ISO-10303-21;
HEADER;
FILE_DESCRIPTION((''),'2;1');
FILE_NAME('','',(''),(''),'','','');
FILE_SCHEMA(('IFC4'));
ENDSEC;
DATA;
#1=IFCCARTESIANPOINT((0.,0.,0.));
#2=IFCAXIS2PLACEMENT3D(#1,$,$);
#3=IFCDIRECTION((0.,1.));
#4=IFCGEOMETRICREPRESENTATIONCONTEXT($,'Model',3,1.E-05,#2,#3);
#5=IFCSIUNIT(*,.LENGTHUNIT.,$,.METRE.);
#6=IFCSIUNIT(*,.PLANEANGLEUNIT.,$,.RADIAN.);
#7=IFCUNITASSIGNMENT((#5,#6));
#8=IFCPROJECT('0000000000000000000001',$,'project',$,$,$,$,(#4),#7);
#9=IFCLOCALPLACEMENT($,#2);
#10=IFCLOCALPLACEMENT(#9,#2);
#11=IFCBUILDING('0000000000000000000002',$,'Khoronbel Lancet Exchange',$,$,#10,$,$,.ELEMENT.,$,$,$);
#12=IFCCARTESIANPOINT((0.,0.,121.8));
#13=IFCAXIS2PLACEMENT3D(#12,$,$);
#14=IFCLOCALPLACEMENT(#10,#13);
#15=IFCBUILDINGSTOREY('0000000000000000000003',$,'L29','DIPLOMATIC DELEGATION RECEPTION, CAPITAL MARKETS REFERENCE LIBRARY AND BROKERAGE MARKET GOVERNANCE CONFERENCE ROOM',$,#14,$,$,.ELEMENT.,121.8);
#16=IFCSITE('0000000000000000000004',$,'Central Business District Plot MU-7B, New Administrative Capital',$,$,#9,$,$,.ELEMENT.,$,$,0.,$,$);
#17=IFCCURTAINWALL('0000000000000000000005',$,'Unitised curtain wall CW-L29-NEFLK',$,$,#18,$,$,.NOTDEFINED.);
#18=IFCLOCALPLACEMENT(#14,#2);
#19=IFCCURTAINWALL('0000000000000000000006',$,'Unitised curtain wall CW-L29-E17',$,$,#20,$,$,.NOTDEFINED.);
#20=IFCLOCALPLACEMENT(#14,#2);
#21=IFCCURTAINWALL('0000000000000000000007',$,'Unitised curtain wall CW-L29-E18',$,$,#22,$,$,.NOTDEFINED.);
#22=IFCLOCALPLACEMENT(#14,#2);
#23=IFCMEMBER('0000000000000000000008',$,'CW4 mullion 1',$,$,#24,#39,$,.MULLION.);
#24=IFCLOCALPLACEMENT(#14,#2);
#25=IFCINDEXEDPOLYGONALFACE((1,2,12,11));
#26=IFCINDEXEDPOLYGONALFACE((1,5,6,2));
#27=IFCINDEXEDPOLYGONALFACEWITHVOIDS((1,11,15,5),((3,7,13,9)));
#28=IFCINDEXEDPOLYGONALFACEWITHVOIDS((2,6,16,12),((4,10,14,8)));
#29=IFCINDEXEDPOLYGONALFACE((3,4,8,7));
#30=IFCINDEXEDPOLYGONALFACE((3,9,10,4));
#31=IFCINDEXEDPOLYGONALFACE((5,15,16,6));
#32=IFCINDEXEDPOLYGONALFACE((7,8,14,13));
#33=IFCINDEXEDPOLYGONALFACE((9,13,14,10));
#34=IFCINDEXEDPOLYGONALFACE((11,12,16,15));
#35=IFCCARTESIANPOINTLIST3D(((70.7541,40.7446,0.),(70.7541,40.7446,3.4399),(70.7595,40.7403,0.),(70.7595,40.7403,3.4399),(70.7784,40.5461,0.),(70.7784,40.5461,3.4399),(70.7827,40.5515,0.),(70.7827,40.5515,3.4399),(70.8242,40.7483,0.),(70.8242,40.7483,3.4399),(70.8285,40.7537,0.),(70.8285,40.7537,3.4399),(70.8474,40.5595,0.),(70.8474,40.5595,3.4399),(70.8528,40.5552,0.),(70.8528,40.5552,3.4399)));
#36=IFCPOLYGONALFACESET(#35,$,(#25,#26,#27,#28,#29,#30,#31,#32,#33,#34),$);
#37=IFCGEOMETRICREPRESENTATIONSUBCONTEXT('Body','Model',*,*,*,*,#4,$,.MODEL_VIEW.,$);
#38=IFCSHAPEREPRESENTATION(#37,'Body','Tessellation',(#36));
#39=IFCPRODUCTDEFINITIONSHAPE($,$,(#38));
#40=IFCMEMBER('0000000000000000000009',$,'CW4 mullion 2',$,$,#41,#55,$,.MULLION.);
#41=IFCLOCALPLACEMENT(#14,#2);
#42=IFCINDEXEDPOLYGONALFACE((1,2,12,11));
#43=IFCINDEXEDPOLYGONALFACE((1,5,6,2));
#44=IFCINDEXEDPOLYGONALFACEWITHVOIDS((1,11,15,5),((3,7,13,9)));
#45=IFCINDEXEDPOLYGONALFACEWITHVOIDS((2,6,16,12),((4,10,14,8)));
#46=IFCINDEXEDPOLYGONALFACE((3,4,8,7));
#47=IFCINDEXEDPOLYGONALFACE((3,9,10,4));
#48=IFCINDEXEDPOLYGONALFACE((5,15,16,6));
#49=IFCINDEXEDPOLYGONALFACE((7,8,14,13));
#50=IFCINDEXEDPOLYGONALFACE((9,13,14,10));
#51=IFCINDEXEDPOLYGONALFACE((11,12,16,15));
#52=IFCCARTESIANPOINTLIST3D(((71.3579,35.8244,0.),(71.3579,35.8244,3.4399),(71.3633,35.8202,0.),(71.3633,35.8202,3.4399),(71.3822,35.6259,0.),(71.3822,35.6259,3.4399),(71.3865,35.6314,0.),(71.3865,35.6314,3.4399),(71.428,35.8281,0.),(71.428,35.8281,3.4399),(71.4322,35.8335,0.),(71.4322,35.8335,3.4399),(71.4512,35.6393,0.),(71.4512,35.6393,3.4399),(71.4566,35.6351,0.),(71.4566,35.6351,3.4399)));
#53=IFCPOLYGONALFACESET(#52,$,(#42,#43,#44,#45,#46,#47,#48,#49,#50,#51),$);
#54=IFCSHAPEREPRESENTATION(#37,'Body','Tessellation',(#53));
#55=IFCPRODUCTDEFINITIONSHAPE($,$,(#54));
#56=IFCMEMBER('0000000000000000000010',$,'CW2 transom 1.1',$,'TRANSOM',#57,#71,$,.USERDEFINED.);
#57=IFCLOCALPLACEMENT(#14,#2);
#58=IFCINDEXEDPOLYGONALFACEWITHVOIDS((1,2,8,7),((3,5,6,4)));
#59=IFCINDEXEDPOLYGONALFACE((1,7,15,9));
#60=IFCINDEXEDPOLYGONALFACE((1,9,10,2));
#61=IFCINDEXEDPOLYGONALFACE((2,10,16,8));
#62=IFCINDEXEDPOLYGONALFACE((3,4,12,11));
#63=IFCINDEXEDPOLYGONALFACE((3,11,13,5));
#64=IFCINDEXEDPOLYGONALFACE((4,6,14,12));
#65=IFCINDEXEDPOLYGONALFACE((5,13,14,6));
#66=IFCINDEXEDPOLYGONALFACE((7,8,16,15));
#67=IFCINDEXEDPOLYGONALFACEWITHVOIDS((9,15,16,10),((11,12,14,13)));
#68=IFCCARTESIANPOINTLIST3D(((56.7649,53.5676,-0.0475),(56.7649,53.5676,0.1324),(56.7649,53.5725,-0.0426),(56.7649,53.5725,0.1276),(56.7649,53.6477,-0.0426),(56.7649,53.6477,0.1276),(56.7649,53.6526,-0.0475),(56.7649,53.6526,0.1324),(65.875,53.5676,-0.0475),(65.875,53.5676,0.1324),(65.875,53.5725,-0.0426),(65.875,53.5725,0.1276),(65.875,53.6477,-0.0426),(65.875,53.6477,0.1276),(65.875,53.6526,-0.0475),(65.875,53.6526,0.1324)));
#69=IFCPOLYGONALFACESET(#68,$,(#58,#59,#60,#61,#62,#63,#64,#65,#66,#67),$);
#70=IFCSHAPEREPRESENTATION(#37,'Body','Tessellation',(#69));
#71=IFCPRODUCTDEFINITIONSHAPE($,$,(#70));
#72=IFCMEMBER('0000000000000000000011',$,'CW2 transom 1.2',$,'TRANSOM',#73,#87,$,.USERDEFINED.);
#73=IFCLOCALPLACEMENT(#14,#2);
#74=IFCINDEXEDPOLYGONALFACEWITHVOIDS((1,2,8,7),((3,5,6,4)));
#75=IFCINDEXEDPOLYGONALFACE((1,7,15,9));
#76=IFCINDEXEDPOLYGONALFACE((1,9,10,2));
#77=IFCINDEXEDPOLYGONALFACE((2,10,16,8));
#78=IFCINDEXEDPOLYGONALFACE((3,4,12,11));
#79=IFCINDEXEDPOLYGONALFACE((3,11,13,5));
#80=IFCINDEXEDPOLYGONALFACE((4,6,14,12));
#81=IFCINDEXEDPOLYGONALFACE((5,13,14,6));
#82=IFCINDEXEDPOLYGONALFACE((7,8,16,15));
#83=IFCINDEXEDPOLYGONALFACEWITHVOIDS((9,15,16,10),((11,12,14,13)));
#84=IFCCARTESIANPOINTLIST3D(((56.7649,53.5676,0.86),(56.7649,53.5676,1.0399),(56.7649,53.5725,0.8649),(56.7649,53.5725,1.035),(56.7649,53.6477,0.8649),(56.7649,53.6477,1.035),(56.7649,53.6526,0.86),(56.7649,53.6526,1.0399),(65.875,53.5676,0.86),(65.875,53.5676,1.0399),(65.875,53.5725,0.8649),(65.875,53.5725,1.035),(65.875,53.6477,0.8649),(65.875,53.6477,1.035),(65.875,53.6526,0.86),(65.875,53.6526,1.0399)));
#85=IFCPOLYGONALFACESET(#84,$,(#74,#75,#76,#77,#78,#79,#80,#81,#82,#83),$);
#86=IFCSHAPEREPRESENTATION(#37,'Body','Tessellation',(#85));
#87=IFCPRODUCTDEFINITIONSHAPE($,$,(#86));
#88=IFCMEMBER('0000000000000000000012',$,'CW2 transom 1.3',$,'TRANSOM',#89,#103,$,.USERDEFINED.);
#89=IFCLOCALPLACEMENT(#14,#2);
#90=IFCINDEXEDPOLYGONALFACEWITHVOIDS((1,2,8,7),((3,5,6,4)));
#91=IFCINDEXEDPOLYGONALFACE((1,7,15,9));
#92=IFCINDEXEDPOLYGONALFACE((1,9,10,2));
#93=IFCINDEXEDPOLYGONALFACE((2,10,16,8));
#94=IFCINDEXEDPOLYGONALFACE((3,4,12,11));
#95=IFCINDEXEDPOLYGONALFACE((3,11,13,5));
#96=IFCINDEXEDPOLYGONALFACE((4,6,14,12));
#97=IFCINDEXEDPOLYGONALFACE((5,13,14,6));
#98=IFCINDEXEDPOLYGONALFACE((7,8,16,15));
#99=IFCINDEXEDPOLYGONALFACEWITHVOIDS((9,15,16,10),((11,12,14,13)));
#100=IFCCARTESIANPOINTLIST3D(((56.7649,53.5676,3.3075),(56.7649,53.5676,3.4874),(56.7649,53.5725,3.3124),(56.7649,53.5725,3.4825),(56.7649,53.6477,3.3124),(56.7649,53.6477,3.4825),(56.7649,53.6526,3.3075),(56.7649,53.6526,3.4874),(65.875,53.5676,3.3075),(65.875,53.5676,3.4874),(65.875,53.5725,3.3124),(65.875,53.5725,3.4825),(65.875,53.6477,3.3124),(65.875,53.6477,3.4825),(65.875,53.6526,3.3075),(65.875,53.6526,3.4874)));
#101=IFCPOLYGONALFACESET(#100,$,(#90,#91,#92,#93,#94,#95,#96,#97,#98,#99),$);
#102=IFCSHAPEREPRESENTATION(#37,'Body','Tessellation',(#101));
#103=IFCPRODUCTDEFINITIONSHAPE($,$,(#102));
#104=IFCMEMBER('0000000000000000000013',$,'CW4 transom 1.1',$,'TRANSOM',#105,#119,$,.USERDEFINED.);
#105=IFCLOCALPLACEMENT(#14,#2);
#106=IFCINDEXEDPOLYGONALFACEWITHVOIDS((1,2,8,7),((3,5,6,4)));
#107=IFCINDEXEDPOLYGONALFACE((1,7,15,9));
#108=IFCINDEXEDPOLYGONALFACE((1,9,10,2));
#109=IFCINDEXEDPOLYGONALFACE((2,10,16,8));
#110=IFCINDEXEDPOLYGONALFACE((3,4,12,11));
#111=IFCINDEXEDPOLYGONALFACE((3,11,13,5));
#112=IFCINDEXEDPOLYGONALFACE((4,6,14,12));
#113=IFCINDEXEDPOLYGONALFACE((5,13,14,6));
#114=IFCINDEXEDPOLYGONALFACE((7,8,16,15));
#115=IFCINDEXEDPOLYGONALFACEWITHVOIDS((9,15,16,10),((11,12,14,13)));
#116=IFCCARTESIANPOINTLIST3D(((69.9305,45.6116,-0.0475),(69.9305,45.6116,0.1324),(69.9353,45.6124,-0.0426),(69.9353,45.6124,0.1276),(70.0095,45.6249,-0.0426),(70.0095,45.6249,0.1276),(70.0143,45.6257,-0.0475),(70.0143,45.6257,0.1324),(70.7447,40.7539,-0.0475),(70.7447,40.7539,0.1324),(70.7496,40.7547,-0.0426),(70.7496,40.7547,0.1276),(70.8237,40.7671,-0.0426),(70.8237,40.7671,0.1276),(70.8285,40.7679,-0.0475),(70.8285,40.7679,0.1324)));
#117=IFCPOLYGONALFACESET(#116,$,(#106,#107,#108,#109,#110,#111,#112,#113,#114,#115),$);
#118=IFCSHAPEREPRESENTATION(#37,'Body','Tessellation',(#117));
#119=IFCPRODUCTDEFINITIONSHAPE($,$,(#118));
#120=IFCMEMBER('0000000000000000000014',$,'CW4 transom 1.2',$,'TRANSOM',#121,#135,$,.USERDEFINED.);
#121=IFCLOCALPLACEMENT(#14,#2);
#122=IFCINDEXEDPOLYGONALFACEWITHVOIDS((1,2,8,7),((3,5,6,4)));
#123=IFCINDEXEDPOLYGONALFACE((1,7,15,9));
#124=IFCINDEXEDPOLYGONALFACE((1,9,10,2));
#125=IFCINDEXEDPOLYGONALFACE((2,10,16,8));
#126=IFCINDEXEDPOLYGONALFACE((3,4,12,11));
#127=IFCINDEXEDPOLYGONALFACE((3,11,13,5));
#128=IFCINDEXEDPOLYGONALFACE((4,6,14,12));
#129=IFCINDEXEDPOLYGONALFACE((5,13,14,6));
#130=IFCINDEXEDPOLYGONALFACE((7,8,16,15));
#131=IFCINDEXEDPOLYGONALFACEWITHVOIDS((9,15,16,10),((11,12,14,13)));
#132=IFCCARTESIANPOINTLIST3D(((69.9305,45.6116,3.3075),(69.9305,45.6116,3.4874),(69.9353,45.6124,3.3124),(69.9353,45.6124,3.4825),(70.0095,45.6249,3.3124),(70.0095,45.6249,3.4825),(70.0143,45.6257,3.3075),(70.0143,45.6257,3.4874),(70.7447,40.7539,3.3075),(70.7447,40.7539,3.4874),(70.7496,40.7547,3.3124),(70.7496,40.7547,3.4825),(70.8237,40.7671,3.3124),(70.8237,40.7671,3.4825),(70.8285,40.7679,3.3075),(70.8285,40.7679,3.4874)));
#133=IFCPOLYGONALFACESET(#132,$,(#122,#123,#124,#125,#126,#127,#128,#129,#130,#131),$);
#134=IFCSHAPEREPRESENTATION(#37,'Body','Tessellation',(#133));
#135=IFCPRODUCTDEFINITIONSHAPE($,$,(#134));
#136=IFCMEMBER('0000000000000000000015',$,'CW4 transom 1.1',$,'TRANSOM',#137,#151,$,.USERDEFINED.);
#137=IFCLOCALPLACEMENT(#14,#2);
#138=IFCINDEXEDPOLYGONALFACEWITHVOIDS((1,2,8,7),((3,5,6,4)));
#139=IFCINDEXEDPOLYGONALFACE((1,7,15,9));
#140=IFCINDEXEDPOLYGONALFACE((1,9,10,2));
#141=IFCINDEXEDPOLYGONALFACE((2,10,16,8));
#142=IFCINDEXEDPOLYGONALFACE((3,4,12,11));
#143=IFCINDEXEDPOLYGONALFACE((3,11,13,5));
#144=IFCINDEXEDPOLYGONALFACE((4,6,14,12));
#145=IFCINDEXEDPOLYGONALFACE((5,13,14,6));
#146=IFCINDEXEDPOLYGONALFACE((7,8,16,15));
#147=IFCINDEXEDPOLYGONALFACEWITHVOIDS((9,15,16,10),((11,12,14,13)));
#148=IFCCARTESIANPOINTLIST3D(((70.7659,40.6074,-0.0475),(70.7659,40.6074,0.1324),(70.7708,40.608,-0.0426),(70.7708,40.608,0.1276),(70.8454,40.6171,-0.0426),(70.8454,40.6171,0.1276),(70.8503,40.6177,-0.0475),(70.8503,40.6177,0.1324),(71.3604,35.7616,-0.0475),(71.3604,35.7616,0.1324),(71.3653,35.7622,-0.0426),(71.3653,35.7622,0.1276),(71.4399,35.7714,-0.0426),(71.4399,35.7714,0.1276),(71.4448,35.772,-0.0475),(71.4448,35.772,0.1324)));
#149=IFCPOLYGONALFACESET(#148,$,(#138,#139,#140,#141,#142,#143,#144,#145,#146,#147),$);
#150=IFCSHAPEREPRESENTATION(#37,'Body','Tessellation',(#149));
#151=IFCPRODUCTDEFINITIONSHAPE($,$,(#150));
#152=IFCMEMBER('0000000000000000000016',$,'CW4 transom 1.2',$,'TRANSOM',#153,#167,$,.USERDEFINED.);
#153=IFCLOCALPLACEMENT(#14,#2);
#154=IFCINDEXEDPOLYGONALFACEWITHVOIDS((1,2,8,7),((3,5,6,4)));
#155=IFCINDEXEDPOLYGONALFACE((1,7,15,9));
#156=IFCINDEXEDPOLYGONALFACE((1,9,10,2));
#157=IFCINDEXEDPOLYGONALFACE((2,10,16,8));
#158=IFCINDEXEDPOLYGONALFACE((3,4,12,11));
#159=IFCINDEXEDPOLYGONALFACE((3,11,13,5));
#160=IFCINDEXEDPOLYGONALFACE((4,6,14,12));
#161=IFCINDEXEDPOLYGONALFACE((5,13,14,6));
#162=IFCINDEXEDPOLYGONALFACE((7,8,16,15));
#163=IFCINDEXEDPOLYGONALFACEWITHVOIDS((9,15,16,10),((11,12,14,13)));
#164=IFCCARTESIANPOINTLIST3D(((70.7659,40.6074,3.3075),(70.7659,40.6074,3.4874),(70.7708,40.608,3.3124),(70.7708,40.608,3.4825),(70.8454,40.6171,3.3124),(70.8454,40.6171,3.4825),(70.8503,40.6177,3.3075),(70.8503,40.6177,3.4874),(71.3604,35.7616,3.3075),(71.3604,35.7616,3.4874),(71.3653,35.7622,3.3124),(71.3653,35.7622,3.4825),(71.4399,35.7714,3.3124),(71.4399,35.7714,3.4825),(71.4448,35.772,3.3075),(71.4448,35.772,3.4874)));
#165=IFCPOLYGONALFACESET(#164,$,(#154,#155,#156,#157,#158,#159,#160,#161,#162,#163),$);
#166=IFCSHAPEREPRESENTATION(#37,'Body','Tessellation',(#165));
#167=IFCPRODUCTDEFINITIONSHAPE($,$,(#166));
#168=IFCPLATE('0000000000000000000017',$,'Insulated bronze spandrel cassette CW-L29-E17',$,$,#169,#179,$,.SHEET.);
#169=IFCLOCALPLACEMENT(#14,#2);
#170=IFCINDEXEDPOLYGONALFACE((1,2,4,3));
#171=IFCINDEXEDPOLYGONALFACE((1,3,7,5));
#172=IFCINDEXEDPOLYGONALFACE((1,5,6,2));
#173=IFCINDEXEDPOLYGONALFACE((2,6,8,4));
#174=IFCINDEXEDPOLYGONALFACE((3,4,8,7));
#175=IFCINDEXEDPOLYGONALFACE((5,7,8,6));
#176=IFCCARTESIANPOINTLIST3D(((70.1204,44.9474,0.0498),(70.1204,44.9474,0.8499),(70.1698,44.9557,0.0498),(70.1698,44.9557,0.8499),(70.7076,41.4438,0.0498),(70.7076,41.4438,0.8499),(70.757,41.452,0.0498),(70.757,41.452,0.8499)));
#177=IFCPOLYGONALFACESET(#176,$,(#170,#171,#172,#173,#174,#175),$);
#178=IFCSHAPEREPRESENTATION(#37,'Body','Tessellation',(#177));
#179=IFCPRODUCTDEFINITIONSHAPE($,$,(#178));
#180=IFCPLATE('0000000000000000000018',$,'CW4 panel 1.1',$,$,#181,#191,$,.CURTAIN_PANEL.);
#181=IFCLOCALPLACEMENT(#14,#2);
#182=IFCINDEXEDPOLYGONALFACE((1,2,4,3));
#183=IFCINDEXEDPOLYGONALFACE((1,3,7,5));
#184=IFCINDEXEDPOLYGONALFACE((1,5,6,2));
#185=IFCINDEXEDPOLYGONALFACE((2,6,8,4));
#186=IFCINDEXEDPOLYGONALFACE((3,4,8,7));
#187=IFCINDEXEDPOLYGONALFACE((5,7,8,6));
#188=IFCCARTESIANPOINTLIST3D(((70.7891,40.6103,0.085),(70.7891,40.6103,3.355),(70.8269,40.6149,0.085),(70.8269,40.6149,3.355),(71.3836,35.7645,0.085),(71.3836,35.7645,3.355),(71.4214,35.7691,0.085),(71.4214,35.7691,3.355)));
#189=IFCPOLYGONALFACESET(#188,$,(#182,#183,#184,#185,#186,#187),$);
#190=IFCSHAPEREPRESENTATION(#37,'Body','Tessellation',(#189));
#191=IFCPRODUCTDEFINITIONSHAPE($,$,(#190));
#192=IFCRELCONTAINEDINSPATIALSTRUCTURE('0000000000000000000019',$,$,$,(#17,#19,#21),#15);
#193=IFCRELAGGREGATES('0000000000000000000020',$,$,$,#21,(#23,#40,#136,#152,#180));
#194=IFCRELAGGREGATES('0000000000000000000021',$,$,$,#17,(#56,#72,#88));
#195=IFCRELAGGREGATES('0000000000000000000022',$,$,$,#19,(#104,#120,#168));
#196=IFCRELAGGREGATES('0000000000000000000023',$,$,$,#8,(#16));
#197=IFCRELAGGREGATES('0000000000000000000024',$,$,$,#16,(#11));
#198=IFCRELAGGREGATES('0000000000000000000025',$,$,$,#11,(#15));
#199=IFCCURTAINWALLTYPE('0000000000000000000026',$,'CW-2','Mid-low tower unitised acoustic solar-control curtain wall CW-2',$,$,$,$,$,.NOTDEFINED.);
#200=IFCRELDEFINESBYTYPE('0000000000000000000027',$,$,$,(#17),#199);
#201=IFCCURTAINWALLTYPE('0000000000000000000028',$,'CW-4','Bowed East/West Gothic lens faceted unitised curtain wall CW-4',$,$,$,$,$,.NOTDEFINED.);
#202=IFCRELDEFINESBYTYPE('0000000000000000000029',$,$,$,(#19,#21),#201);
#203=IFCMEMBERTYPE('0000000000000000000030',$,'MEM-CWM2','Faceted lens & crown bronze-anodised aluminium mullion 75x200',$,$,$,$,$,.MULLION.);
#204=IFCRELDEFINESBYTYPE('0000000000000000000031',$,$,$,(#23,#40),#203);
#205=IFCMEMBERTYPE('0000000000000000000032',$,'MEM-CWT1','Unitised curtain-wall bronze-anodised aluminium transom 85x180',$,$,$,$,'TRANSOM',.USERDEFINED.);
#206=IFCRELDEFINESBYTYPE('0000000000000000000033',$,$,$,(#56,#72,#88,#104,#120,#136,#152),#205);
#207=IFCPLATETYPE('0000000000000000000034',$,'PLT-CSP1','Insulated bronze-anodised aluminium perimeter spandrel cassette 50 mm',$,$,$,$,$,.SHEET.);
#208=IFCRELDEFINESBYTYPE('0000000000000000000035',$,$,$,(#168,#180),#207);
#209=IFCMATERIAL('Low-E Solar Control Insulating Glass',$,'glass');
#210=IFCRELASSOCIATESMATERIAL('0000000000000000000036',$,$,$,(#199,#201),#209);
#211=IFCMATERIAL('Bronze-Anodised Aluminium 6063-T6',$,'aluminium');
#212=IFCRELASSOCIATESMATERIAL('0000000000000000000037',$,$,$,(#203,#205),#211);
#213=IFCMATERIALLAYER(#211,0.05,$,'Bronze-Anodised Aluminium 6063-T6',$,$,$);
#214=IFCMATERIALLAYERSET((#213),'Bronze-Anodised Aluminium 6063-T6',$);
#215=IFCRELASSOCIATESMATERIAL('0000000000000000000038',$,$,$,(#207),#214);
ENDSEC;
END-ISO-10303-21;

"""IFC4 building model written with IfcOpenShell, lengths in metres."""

from ifc_helpers import new_model, si_unit, direction, frame, origin, origin_2d, place, context, subcontext, project, spatial, rectangle, hollow_rectangle, extrude, material, layer, layer_set, material_profile, profile_set, type_object, element, aggregate, save


model = new_model("IFC4")

# Units and contexts
model_context = context("Model", 3, precision=1e-05, world=origin(), true_north=direction((0.0, 1.0)))
body_context = subcontext(model_context, "Body", "Model", "MODEL_VIEW")
ifc_project = project(units=[si_unit("LENGTHUNIT", "METRE"), si_unit("PLANEANGLEUNIT", "RADIAN")], contexts=[model_context])

# Site, building, storey
site_placement = place(None, origin())
site = spatial("IfcSite", under=ifc_project, at=site_placement, Name="Central Business District Plot MU-7B, New Administrative Capital", CompositionType="ELEMENT", RefElevation=0.0)
building_placement = place(site_placement, origin())
building = spatial("IfcBuilding", under=site, at=building_placement, Name="Khoronbel Lancet Exchange", CompositionType="ELEMENT")
storey_placement = place(building_placement, frame((0.0, 0.0, 121.8)))
storey = spatial("IfcBuildingStorey", under=building, at=storey_placement, Name="L29", Description="DIPLOMATIC DELEGATION RECEPTION, CAPITAL MARKETS REFERENCE LIBRARY AND BROKERAGE MARKET GOVERNANCE CONFERENCE ROOM", CompositionType="ELEMENT", Elevation=121.8)

# Curtain wall
ifc_material_1 = material(Name="Low-E Solar Control Insulating Glass", Category="glass")
curtain_wall_type_1 = type_object("IfcCurtainWallType", Name="CW-2", Description="Mid-low tower unitised acoustic solar-control curtain wall CW-2", PredefinedType="NOTDEFINED", material=ifc_material_1)
curtain_wall_1_placement = place(storey_placement, origin())
curtain_wall_1 = element("IfcCurtainWall", 1, at=curtain_wall_1_placement, inside=storey, type_object=curtain_wall_type_1, Name="Unitised curtain wall CW-L29-NEFLK", PredefinedType="NOTDEFINED")
ifc_material_2 = material(Name="Bronze-Anodised Aluminium 6063-T6", Category="aluminium")

# Curtain walls, members
curtain_wall_type_2 = type_object("IfcCurtainWallType", Name="CW-4", Description="Bowed East/West Gothic lens faceted unitised curtain wall CW-4", PredefinedType="NOTDEFINED", material=ifc_material_1)
curtain_wall_2_placement = place(storey_placement, origin())
curtain_wall_2 = element("IfcCurtainWall", 2, at=curtain_wall_2_placement, inside=storey, type_object=curtain_wall_type_2, Name="Unitised curtain wall CW-L29-E17", PredefinedType="NOTDEFINED")
ifc_material_profile_1 = material_profile(ifc_material_2, hollow_rectangle(XDim=0.075, YDim=0.2, WallThickness=0.0049, at=origin_2d()), Name="ALU MULLION 75x200")
ifc_profile_set_1 = profile_set([ifc_material_profile_1], Name="Bronze-Anodised Aluminium 6063-T6")
member_type_1 = type_object("IfcMemberType", Name="MEM-CWM2", Description="Faceted lens & crown bronze-anodised aluminium mullion 75x200", PredefinedType="MULLION", material=ifc_profile_set_1)
curtain_wall_3_placement = place(storey_placement, origin())
curtain_wall_3 = element("IfcCurtainWall", 3, at=curtain_wall_3_placement, inside=storey, type_object=curtain_wall_type_2, Name="Unitised curtain wall CW-L29-E18", PredefinedType="NOTDEFINED")
member_1_placement = place(storey_placement, frame((70.8035, 40.6499, 0.0), z_axis=(0.0, 0.0, 1.0), x_axis=(0.992557, 0.121779, 0.0)))
member_1 = element("IfcMember", 4, at=member_1_placement, type_object=member_type_1, Name="CW4 mullion 1", PredefinedType="MULLION", context=body_context, shape_type="SweptSolid", body=[
    extrude(hollow_rectangle(XDim=0.075, YDim=0.2, WallThickness=0.0049, at=origin_2d()), origin(), (0.0, 0.0, 1.0), 3.4399),
])
member_2_placement = place(storey_placement, frame((71.4072, 35.7297, 0.0), z_axis=(0.0, 0.0, 1.0), x_axis=(0.992557, 0.121779, 0.0)))
member_2 = element("IfcMember", 5, at=member_2_placement, type_object=member_type_1, Name="CW4 mullion 2", PredefinedType="MULLION", context=body_context, shape_type="SweptSolid", body=[
    extrude(hollow_rectangle(XDim=0.075, YDim=0.2, WallThickness=0.0049, at=origin_2d()), origin(), (0.0, 0.0, 1.0), 3.4399),
])

# Members
ifc_material_profile_2 = material_profile(ifc_material_2, hollow_rectangle(XDim=0.085, YDim=0.1799, WallThickness=0.0049, at=origin_2d()), Name="ALU TRANSOM 85x180")
ifc_profile_set_2 = profile_set([ifc_material_profile_2], Name="Bronze-Anodised Aluminium 6063-T6")
member_type_2 = type_object("IfcMemberType", Name="MEM-CWT1", Description="Unitised curtain-wall bronze-anodised aluminium transom 85x180", ElementType="TRANSOM", PredefinedType="USERDEFINED", material=ifc_profile_set_2)
member_3_placement = place(storey_placement, frame((65.875, 53.6101, 0.0425), z_axis=(-1.0, 0.0, 0.0), x_axis=(0.0, -1.0, 0.0)))
member_3 = element("IfcMember", 6, at=member_3_placement, type_object=member_type_2, Name="CW2 transom 1.1", ObjectType="TRANSOM", PredefinedType="USERDEFINED", context=body_context, shape_type="SweptSolid", body=[
    extrude(hollow_rectangle(XDim=0.085, YDim=0.1799, WallThickness=0.0049, at=origin_2d()), origin(), (0.0, 0.0, 1.0), 9.1101),
])
member_4_placement = place(storey_placement, frame((65.875, 53.6101, 0.95), z_axis=(-1.0, 0.0, 0.0), x_axis=(0.0, -1.0, 0.0)))
member_4 = element("IfcMember", 7, at=member_4_placement, type_object=member_type_2, Name="CW2 transom 1.2", ObjectType="TRANSOM", PredefinedType="USERDEFINED", context=body_context, shape_type="SweptSolid", body=[
    extrude(hollow_rectangle(XDim=0.085, YDim=0.1799, WallThickness=0.0049, at=origin_2d()), origin(), (0.0, 0.0, 1.0), 9.1101),
])
member_5_placement = place(storey_placement, frame((65.875, 53.6101, 3.3975), z_axis=(-1.0, 0.0, 0.0), x_axis=(0.0, -1.0, 0.0)))
member_5 = element("IfcMember", 8, at=member_5_placement, type_object=member_type_2, Name="CW2 transom 1.3", ObjectType="TRANSOM", PredefinedType="USERDEFINED", context=body_context, shape_type="SweptSolid", body=[
    extrude(hollow_rectangle(XDim=0.085, YDim=0.1799, WallThickness=0.0049, at=origin_2d()), origin(), (0.0, 0.0, 1.0), 9.1101),
])
member_6_placement = place(storey_placement, frame((69.9724, 45.6187, 0.0425), z_axis=(0.165307, -0.986242, 0.0), x_axis=(0.986242, 0.165307, 0.0)))
member_6 = element("IfcMember", 9, at=member_6_placement, type_object=member_type_2, Name="CW4 transom 1.1", ObjectType="TRANSOM", PredefinedType="USERDEFINED", context=body_context, shape_type="SweptSolid", body=[
    extrude(hollow_rectangle(XDim=0.085, YDim=0.1799, WallThickness=0.0049, at=origin_2d()), origin(), (0.0, 0.0, 1.0), 4.9255),
])
member_7_placement = place(storey_placement, frame((69.9724, 45.6187, 3.3975), z_axis=(0.165307, -0.986242, 0.0), x_axis=(0.986242, 0.165307, 0.0)))
member_7 = element("IfcMember", 10, at=member_7_placement, type_object=member_type_2, Name="CW4 transom 1.2", ObjectType="TRANSOM", PredefinedType="USERDEFINED", context=body_context, shape_type="SweptSolid", body=[
    extrude(hollow_rectangle(XDim=0.085, YDim=0.1799, WallThickness=0.0049, at=origin_2d()), origin(), (0.0, 0.0, 1.0), 4.9255),
])
member_8_placement = place(storey_placement, frame((70.8081, 40.6125, 0.0425), z_axis=(0.121769, -0.992558, 0.0), x_axis=(0.992558, 0.121769, 0.0)))
member_8 = element("IfcMember", 11, at=member_8_placement, type_object=member_type_2, Name="CW4 transom 1.1", ObjectType="TRANSOM", PredefinedType="USERDEFINED", context=body_context, shape_type="SweptSolid", body=[
    extrude(hollow_rectangle(XDim=0.085, YDim=0.1799, WallThickness=0.0049, at=origin_2d()), origin(), (0.0, 0.0, 1.0), 4.8821),
])
member_9_placement = place(storey_placement, frame((70.8081, 40.6125, 3.3975), z_axis=(0.121769, -0.992558, 0.0), x_axis=(0.992558, 0.121769, 0.0)))
member_9 = element("IfcMember", 12, at=member_9_placement, type_object=member_type_2, Name="CW4 transom 1.2", ObjectType="TRANSOM", PredefinedType="USERDEFINED", context=body_context, shape_type="SweptSolid", body=[
    extrude(hollow_rectangle(XDim=0.085, YDim=0.1799, WallThickness=0.0049, at=origin_2d()), origin(), (0.0, 0.0, 1.0), 4.8821),
])

# Plates
ifc_layer_1 = layer(ifc_material_2, 0.05, Name="Bronze-Anodised Aluminium 6063-T6")
ifc_layer_set_1 = layer_set([ifc_layer_1], Name="Bronze-Anodised Aluminium 6063-T6")
plate_type_1 = type_object("IfcPlateType", Name="PLT-CSP1", Description="Insulated bronze-anodised aluminium perimeter spandrel cassette 50 mm", PredefinedType="SHEET", material=ifc_layer_set_1)
plate_1_placement = place(storey_placement, frame((70.4387, 43.1997, 0.0498), z_axis=(0.0, 0.0, 1.0), x_axis=(0.165294, -0.986244, 0.0)))
plate_1 = element("IfcPlate", 13, at=plate_1_placement, type_object=plate_type_1, Name="Insulated bronze spandrel cassette CW-L29-E17", PredefinedType="SHEET", context=body_context, shape_type="SweptSolid", body=[
    extrude(rectangle(XDim=3.5525, YDim=0.05, at=origin_2d()), origin(), (0.0, 0.0, 1.0), 0.8),
])
plate_2_placement = place(storey_placement, frame((71.1052, 38.1897, 0.085), z_axis=(0.0, 0.0, 1.0), x_axis=(0.121779, -0.992557, 0.0)))
plate_2 = element("IfcPlate", 14, at=plate_2_placement, type_object=plate_type_1, Name="CW4 panel 1.1", PredefinedType="CURTAIN_PANEL", context=body_context, shape_type="SweptSolid", body=[
    extrude(rectangle(XDim=4.8821, YDim=0.0381, at=origin_2d()), origin(), (0.0, 0.0, 1.0), 3.27),
])
aggregate(curtain_wall_3, [member_1, member_2, member_8, member_9, plate_2])
aggregate(curtain_wall_1, [member_3, member_4, member_5])
aggregate(curtain_wall_2, [member_6, member_7, plate_1])

save(model, "model.ifc")
